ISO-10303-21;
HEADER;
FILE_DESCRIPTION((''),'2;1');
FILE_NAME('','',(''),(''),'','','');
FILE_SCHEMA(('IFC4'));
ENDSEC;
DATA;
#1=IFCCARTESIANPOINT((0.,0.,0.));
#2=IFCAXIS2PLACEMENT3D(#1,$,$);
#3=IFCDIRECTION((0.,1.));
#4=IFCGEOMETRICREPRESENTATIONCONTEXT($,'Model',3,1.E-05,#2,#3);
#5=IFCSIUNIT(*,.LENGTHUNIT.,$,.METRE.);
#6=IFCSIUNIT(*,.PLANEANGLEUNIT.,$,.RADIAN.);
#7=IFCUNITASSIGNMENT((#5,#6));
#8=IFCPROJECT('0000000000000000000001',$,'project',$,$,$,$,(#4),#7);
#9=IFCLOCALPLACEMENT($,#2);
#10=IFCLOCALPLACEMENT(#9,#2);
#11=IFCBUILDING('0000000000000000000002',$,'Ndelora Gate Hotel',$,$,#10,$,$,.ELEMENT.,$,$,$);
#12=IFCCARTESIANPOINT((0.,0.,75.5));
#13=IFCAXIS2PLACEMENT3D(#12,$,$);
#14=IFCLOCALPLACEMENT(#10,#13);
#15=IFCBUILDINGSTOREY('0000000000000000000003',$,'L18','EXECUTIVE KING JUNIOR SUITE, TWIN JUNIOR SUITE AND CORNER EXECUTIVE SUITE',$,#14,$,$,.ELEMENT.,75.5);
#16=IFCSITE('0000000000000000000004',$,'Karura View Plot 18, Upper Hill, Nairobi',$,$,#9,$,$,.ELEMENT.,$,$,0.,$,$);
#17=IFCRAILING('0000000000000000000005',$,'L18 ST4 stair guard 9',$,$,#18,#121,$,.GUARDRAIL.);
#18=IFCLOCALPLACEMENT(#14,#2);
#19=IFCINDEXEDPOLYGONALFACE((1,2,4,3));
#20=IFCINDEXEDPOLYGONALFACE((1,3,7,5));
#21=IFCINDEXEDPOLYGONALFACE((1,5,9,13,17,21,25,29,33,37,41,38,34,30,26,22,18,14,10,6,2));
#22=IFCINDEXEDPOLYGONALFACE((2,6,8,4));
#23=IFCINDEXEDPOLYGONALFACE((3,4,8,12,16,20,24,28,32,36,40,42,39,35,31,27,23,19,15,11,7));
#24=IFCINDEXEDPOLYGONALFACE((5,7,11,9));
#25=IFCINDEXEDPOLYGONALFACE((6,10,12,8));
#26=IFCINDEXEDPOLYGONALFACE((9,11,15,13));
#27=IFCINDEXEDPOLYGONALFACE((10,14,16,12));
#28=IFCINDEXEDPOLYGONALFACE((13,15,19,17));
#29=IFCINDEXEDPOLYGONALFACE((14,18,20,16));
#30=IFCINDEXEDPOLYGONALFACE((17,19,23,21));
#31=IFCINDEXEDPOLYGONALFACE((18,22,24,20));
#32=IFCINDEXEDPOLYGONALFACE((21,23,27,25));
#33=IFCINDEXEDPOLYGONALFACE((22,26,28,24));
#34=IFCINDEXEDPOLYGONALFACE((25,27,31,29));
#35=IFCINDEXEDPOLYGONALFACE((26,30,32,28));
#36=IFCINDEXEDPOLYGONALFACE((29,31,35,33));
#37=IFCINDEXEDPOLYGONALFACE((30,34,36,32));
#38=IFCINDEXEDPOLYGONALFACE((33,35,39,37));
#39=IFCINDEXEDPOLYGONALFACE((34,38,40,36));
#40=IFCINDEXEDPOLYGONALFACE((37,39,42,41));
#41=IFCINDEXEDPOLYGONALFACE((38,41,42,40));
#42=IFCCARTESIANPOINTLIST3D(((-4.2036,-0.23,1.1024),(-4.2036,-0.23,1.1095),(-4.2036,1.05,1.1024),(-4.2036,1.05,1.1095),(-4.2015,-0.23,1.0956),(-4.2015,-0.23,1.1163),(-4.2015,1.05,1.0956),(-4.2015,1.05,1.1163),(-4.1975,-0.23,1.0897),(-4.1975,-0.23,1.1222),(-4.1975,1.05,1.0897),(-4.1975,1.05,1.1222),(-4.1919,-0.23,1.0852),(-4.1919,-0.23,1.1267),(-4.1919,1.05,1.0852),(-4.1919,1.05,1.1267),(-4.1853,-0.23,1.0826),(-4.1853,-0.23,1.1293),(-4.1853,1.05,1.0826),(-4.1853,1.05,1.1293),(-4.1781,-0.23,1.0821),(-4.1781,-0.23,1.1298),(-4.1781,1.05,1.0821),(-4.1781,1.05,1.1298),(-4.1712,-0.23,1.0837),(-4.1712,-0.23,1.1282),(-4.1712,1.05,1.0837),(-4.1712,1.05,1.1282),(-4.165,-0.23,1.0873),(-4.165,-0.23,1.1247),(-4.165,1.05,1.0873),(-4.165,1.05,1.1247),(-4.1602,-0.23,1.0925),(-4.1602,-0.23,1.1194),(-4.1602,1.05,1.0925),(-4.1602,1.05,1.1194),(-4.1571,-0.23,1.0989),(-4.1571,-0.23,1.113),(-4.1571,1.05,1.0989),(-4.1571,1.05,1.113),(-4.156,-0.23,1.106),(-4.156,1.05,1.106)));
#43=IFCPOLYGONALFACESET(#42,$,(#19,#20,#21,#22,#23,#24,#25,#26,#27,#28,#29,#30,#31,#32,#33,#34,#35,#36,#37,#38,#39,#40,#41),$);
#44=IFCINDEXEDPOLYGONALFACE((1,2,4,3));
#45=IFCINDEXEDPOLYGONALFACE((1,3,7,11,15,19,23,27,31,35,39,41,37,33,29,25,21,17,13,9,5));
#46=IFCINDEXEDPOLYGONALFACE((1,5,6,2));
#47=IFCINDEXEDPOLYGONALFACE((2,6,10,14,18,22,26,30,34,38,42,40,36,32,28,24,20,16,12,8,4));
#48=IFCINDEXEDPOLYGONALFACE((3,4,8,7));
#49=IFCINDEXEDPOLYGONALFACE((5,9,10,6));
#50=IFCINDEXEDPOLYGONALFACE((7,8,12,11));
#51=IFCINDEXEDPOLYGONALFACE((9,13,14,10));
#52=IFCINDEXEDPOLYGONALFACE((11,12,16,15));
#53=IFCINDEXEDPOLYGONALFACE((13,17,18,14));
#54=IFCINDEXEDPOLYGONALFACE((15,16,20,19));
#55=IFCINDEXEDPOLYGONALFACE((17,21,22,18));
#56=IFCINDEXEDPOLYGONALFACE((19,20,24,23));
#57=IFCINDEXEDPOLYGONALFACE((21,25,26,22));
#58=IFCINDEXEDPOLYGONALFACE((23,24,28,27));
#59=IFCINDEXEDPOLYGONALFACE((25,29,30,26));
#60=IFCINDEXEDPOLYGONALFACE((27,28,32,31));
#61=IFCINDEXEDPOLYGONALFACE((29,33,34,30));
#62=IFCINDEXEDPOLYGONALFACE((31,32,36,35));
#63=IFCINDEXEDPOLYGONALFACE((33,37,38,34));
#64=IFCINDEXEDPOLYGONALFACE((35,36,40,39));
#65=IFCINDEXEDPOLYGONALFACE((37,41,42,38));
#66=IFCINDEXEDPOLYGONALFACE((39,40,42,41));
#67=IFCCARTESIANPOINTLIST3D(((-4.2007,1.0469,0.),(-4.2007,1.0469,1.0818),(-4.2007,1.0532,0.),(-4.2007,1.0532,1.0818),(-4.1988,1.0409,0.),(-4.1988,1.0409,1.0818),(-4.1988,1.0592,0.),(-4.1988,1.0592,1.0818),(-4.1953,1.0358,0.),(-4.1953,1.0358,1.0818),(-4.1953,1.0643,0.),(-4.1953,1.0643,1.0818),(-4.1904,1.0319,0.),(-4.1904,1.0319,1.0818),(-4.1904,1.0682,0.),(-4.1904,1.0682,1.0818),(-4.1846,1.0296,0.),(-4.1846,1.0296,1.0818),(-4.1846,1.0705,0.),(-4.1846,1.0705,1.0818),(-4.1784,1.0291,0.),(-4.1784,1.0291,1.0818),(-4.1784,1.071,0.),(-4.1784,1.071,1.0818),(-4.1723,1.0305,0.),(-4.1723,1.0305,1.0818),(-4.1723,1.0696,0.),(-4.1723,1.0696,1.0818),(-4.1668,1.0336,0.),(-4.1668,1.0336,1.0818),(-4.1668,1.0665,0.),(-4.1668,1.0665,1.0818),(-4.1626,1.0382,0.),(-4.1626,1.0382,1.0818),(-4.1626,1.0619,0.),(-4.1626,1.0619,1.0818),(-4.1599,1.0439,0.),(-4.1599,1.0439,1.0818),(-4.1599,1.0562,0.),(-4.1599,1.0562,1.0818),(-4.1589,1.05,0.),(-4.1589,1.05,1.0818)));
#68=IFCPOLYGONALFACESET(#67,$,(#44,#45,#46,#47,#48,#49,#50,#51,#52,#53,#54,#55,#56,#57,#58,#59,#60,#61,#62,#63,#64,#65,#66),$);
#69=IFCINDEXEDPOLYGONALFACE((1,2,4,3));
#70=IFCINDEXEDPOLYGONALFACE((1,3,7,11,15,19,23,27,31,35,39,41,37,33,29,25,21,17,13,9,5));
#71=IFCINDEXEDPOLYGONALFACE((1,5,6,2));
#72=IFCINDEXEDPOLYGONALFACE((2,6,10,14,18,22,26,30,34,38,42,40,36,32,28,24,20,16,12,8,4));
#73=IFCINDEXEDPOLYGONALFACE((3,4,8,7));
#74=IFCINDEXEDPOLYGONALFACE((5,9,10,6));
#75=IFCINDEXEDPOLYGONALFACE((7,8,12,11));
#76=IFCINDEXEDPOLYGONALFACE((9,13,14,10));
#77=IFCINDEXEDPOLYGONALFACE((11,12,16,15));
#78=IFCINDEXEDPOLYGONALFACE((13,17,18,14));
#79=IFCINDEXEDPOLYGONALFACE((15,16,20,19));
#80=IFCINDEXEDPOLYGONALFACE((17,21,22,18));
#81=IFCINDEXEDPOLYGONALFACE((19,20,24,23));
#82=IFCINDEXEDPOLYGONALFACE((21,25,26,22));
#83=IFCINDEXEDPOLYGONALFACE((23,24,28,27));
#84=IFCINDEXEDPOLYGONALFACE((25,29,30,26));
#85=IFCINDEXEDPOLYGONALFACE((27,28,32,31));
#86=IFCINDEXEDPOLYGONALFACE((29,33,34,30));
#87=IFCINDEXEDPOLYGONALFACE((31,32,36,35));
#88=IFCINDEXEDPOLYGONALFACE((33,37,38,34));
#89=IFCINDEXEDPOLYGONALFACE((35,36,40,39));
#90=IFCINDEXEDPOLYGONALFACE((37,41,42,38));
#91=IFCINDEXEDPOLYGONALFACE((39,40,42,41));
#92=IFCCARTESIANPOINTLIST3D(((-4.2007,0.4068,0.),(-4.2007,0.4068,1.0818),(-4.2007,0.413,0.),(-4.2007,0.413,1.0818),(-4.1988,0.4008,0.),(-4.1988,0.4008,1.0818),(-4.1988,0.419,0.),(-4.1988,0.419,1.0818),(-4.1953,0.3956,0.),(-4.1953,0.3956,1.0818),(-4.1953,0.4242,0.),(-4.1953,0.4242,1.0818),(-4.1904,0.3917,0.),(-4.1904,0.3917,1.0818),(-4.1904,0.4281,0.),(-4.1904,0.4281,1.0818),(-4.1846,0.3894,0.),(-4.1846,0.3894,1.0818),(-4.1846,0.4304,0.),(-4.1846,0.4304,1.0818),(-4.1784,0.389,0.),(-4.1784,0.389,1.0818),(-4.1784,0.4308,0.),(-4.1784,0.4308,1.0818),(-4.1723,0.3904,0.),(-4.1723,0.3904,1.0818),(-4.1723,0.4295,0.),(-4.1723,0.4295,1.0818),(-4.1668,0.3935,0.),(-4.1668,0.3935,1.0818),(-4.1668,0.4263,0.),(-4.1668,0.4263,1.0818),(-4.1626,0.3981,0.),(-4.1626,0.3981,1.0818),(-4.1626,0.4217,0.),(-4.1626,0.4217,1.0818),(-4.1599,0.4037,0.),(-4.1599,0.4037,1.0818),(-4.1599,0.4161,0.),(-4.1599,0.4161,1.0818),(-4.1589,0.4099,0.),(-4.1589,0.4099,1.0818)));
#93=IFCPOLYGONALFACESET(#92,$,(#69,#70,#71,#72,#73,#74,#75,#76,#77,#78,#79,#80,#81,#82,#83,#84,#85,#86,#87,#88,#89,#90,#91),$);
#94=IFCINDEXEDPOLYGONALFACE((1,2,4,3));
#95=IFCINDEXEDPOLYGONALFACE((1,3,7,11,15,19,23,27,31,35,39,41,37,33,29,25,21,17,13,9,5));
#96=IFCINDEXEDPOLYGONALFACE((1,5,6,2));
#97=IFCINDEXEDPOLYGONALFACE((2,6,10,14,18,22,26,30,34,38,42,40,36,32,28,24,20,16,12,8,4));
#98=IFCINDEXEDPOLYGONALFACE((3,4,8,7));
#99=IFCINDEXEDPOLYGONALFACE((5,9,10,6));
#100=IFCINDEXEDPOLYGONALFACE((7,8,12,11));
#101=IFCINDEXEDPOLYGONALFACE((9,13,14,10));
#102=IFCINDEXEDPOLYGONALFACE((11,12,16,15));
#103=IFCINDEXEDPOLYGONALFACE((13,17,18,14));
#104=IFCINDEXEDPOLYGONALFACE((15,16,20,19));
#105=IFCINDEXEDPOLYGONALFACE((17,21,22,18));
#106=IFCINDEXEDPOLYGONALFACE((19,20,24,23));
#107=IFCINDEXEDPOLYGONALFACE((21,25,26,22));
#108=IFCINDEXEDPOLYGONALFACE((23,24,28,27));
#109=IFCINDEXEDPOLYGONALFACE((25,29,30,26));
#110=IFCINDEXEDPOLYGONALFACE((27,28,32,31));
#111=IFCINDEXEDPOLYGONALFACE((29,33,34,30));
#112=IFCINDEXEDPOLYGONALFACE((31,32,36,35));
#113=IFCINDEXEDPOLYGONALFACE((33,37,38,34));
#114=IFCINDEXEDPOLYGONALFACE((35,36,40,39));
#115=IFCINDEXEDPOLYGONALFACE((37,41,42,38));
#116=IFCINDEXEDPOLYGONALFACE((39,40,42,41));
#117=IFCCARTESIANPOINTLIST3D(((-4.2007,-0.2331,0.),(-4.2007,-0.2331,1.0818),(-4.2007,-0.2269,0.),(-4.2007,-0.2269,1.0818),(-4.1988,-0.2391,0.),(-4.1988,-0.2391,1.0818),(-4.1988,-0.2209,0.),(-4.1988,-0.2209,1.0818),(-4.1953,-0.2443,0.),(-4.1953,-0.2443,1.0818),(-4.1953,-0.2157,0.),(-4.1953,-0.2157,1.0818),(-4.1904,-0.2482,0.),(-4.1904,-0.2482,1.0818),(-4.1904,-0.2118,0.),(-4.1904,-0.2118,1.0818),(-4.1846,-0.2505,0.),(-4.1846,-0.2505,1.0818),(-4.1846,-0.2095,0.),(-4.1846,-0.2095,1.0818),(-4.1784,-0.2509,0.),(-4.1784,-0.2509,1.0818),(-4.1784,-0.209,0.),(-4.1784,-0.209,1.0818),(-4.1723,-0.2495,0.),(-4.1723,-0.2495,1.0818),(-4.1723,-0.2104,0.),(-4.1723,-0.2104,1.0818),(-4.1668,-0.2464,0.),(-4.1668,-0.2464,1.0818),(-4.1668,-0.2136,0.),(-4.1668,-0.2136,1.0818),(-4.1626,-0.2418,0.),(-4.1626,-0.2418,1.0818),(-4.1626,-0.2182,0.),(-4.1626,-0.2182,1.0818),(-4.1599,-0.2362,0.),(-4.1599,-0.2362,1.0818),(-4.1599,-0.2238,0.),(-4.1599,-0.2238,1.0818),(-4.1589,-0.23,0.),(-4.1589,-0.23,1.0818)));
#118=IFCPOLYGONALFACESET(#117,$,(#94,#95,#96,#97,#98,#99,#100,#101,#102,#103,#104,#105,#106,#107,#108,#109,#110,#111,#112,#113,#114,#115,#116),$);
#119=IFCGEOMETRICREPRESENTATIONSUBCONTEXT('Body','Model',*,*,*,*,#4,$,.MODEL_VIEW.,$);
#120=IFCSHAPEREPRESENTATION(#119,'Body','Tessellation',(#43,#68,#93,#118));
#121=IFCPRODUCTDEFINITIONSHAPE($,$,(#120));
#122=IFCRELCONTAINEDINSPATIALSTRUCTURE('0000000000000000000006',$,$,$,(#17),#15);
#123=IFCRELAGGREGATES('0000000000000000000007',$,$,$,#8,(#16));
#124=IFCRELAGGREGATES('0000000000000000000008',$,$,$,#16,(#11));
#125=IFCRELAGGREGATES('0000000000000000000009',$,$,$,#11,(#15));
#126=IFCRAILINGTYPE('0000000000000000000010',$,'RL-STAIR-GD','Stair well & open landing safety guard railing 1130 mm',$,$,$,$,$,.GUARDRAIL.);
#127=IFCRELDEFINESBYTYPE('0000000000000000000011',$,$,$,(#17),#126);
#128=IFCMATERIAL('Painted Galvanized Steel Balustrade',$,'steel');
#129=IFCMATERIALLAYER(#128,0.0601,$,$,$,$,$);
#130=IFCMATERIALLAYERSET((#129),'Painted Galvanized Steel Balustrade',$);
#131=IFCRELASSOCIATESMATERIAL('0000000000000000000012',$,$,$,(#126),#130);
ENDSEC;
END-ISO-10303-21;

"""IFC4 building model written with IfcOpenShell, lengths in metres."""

from ifc_helpers import new_model, si_unit, direction, frame, origin, origin_2d, place, context, subcontext, project, spatial, circle, extrude, material, layer, layer_set, type_object, element, save


model = new_model("IFC4")

# Units and contexts
model_context = context("Model", 3, precision=1e-05, world=origin(), true_north=direction((0.0, 1.0)))
body_context = subcontext(model_context, "Body", "Model", "MODEL_VIEW")
ifc_project = project(units=[si_unit("LENGTHUNIT", "METRE"), si_unit("PLANEANGLEUNIT", "RADIAN")], contexts=[model_context])

# Site, building, storey
site_placement = place(None, origin())
site = spatial("IfcSite", under=ifc_project, at=site_placement, Name="Karura View Plot 18, Upper Hill, Nairobi", CompositionType="ELEMENT", RefElevation=0.0)
building_placement = place(site_placement, origin())
building = spatial("IfcBuilding", under=site, at=building_placement, Name="Ndelora Gate Hotel", CompositionType="ELEMENT")
storey_placement = place(building_placement, frame((0.0, 0.0, 75.5)))
storey = spatial("IfcBuildingStorey", under=building, at=storey_placement, Name="L18", Description="EXECUTIVE KING JUNIOR SUITE, TWIN JUNIOR SUITE AND CORNER EXECUTIVE SUITE", CompositionType="ELEMENT", Elevation=75.5)

# Railing
ifc_material_1 = material(Name="Painted Galvanized Steel Balustrade", Category="steel")
ifc_layer_1 = layer(ifc_material_1, 0.0601)
ifc_layer_set_1 = layer_set([ifc_layer_1], Name="Painted Galvanized Steel Balustrade")
railing_type_1 = type_object("IfcRailingType", Name="RL-STAIR-GD", Description="Stair well & open landing safety guard railing 1130 mm", PredefinedType="GUARDRAIL", material=ifc_layer_set_1)
for number, where, name in (
    (1, (-4.1799, 1.05, 0.0), "L18 ST4 stair guard 9"),
):
    element("IfcRailing", number, at=place(storey_placement, frame(where)), inside=storey, type_object=railing_type_1, Name=name, PredefinedType="GUARDRAIL", context=body_context, shape_type="SweptSolid", body=[
        extrude(circle(Radius=0.0239, at=origin_2d()), frame((0.0, 0.0, 1.106), z_axis=(0.0, -1.0, 0.0), x_axis=(1.0, 0.0, 0.0)), (0.0, 0.0, 1.0), 1.28),
        extrude(circle(Radius=0.021, at=origin_2d()), origin(), (0.0, 0.0, 1.0), 1.0818),
        extrude(circle(Radius=0.021, at=origin_2d()), frame((0.0, -0.6401, 0.0)), (0.0, 0.0, 1.0), 1.0818),
        extrude(circle(Radius=0.021, at=origin_2d()), frame((0.0, -1.28, 0.0)), (0.0, 0.0, 1.0), 1.0818),
    ])

save(model, "model.ifc")
